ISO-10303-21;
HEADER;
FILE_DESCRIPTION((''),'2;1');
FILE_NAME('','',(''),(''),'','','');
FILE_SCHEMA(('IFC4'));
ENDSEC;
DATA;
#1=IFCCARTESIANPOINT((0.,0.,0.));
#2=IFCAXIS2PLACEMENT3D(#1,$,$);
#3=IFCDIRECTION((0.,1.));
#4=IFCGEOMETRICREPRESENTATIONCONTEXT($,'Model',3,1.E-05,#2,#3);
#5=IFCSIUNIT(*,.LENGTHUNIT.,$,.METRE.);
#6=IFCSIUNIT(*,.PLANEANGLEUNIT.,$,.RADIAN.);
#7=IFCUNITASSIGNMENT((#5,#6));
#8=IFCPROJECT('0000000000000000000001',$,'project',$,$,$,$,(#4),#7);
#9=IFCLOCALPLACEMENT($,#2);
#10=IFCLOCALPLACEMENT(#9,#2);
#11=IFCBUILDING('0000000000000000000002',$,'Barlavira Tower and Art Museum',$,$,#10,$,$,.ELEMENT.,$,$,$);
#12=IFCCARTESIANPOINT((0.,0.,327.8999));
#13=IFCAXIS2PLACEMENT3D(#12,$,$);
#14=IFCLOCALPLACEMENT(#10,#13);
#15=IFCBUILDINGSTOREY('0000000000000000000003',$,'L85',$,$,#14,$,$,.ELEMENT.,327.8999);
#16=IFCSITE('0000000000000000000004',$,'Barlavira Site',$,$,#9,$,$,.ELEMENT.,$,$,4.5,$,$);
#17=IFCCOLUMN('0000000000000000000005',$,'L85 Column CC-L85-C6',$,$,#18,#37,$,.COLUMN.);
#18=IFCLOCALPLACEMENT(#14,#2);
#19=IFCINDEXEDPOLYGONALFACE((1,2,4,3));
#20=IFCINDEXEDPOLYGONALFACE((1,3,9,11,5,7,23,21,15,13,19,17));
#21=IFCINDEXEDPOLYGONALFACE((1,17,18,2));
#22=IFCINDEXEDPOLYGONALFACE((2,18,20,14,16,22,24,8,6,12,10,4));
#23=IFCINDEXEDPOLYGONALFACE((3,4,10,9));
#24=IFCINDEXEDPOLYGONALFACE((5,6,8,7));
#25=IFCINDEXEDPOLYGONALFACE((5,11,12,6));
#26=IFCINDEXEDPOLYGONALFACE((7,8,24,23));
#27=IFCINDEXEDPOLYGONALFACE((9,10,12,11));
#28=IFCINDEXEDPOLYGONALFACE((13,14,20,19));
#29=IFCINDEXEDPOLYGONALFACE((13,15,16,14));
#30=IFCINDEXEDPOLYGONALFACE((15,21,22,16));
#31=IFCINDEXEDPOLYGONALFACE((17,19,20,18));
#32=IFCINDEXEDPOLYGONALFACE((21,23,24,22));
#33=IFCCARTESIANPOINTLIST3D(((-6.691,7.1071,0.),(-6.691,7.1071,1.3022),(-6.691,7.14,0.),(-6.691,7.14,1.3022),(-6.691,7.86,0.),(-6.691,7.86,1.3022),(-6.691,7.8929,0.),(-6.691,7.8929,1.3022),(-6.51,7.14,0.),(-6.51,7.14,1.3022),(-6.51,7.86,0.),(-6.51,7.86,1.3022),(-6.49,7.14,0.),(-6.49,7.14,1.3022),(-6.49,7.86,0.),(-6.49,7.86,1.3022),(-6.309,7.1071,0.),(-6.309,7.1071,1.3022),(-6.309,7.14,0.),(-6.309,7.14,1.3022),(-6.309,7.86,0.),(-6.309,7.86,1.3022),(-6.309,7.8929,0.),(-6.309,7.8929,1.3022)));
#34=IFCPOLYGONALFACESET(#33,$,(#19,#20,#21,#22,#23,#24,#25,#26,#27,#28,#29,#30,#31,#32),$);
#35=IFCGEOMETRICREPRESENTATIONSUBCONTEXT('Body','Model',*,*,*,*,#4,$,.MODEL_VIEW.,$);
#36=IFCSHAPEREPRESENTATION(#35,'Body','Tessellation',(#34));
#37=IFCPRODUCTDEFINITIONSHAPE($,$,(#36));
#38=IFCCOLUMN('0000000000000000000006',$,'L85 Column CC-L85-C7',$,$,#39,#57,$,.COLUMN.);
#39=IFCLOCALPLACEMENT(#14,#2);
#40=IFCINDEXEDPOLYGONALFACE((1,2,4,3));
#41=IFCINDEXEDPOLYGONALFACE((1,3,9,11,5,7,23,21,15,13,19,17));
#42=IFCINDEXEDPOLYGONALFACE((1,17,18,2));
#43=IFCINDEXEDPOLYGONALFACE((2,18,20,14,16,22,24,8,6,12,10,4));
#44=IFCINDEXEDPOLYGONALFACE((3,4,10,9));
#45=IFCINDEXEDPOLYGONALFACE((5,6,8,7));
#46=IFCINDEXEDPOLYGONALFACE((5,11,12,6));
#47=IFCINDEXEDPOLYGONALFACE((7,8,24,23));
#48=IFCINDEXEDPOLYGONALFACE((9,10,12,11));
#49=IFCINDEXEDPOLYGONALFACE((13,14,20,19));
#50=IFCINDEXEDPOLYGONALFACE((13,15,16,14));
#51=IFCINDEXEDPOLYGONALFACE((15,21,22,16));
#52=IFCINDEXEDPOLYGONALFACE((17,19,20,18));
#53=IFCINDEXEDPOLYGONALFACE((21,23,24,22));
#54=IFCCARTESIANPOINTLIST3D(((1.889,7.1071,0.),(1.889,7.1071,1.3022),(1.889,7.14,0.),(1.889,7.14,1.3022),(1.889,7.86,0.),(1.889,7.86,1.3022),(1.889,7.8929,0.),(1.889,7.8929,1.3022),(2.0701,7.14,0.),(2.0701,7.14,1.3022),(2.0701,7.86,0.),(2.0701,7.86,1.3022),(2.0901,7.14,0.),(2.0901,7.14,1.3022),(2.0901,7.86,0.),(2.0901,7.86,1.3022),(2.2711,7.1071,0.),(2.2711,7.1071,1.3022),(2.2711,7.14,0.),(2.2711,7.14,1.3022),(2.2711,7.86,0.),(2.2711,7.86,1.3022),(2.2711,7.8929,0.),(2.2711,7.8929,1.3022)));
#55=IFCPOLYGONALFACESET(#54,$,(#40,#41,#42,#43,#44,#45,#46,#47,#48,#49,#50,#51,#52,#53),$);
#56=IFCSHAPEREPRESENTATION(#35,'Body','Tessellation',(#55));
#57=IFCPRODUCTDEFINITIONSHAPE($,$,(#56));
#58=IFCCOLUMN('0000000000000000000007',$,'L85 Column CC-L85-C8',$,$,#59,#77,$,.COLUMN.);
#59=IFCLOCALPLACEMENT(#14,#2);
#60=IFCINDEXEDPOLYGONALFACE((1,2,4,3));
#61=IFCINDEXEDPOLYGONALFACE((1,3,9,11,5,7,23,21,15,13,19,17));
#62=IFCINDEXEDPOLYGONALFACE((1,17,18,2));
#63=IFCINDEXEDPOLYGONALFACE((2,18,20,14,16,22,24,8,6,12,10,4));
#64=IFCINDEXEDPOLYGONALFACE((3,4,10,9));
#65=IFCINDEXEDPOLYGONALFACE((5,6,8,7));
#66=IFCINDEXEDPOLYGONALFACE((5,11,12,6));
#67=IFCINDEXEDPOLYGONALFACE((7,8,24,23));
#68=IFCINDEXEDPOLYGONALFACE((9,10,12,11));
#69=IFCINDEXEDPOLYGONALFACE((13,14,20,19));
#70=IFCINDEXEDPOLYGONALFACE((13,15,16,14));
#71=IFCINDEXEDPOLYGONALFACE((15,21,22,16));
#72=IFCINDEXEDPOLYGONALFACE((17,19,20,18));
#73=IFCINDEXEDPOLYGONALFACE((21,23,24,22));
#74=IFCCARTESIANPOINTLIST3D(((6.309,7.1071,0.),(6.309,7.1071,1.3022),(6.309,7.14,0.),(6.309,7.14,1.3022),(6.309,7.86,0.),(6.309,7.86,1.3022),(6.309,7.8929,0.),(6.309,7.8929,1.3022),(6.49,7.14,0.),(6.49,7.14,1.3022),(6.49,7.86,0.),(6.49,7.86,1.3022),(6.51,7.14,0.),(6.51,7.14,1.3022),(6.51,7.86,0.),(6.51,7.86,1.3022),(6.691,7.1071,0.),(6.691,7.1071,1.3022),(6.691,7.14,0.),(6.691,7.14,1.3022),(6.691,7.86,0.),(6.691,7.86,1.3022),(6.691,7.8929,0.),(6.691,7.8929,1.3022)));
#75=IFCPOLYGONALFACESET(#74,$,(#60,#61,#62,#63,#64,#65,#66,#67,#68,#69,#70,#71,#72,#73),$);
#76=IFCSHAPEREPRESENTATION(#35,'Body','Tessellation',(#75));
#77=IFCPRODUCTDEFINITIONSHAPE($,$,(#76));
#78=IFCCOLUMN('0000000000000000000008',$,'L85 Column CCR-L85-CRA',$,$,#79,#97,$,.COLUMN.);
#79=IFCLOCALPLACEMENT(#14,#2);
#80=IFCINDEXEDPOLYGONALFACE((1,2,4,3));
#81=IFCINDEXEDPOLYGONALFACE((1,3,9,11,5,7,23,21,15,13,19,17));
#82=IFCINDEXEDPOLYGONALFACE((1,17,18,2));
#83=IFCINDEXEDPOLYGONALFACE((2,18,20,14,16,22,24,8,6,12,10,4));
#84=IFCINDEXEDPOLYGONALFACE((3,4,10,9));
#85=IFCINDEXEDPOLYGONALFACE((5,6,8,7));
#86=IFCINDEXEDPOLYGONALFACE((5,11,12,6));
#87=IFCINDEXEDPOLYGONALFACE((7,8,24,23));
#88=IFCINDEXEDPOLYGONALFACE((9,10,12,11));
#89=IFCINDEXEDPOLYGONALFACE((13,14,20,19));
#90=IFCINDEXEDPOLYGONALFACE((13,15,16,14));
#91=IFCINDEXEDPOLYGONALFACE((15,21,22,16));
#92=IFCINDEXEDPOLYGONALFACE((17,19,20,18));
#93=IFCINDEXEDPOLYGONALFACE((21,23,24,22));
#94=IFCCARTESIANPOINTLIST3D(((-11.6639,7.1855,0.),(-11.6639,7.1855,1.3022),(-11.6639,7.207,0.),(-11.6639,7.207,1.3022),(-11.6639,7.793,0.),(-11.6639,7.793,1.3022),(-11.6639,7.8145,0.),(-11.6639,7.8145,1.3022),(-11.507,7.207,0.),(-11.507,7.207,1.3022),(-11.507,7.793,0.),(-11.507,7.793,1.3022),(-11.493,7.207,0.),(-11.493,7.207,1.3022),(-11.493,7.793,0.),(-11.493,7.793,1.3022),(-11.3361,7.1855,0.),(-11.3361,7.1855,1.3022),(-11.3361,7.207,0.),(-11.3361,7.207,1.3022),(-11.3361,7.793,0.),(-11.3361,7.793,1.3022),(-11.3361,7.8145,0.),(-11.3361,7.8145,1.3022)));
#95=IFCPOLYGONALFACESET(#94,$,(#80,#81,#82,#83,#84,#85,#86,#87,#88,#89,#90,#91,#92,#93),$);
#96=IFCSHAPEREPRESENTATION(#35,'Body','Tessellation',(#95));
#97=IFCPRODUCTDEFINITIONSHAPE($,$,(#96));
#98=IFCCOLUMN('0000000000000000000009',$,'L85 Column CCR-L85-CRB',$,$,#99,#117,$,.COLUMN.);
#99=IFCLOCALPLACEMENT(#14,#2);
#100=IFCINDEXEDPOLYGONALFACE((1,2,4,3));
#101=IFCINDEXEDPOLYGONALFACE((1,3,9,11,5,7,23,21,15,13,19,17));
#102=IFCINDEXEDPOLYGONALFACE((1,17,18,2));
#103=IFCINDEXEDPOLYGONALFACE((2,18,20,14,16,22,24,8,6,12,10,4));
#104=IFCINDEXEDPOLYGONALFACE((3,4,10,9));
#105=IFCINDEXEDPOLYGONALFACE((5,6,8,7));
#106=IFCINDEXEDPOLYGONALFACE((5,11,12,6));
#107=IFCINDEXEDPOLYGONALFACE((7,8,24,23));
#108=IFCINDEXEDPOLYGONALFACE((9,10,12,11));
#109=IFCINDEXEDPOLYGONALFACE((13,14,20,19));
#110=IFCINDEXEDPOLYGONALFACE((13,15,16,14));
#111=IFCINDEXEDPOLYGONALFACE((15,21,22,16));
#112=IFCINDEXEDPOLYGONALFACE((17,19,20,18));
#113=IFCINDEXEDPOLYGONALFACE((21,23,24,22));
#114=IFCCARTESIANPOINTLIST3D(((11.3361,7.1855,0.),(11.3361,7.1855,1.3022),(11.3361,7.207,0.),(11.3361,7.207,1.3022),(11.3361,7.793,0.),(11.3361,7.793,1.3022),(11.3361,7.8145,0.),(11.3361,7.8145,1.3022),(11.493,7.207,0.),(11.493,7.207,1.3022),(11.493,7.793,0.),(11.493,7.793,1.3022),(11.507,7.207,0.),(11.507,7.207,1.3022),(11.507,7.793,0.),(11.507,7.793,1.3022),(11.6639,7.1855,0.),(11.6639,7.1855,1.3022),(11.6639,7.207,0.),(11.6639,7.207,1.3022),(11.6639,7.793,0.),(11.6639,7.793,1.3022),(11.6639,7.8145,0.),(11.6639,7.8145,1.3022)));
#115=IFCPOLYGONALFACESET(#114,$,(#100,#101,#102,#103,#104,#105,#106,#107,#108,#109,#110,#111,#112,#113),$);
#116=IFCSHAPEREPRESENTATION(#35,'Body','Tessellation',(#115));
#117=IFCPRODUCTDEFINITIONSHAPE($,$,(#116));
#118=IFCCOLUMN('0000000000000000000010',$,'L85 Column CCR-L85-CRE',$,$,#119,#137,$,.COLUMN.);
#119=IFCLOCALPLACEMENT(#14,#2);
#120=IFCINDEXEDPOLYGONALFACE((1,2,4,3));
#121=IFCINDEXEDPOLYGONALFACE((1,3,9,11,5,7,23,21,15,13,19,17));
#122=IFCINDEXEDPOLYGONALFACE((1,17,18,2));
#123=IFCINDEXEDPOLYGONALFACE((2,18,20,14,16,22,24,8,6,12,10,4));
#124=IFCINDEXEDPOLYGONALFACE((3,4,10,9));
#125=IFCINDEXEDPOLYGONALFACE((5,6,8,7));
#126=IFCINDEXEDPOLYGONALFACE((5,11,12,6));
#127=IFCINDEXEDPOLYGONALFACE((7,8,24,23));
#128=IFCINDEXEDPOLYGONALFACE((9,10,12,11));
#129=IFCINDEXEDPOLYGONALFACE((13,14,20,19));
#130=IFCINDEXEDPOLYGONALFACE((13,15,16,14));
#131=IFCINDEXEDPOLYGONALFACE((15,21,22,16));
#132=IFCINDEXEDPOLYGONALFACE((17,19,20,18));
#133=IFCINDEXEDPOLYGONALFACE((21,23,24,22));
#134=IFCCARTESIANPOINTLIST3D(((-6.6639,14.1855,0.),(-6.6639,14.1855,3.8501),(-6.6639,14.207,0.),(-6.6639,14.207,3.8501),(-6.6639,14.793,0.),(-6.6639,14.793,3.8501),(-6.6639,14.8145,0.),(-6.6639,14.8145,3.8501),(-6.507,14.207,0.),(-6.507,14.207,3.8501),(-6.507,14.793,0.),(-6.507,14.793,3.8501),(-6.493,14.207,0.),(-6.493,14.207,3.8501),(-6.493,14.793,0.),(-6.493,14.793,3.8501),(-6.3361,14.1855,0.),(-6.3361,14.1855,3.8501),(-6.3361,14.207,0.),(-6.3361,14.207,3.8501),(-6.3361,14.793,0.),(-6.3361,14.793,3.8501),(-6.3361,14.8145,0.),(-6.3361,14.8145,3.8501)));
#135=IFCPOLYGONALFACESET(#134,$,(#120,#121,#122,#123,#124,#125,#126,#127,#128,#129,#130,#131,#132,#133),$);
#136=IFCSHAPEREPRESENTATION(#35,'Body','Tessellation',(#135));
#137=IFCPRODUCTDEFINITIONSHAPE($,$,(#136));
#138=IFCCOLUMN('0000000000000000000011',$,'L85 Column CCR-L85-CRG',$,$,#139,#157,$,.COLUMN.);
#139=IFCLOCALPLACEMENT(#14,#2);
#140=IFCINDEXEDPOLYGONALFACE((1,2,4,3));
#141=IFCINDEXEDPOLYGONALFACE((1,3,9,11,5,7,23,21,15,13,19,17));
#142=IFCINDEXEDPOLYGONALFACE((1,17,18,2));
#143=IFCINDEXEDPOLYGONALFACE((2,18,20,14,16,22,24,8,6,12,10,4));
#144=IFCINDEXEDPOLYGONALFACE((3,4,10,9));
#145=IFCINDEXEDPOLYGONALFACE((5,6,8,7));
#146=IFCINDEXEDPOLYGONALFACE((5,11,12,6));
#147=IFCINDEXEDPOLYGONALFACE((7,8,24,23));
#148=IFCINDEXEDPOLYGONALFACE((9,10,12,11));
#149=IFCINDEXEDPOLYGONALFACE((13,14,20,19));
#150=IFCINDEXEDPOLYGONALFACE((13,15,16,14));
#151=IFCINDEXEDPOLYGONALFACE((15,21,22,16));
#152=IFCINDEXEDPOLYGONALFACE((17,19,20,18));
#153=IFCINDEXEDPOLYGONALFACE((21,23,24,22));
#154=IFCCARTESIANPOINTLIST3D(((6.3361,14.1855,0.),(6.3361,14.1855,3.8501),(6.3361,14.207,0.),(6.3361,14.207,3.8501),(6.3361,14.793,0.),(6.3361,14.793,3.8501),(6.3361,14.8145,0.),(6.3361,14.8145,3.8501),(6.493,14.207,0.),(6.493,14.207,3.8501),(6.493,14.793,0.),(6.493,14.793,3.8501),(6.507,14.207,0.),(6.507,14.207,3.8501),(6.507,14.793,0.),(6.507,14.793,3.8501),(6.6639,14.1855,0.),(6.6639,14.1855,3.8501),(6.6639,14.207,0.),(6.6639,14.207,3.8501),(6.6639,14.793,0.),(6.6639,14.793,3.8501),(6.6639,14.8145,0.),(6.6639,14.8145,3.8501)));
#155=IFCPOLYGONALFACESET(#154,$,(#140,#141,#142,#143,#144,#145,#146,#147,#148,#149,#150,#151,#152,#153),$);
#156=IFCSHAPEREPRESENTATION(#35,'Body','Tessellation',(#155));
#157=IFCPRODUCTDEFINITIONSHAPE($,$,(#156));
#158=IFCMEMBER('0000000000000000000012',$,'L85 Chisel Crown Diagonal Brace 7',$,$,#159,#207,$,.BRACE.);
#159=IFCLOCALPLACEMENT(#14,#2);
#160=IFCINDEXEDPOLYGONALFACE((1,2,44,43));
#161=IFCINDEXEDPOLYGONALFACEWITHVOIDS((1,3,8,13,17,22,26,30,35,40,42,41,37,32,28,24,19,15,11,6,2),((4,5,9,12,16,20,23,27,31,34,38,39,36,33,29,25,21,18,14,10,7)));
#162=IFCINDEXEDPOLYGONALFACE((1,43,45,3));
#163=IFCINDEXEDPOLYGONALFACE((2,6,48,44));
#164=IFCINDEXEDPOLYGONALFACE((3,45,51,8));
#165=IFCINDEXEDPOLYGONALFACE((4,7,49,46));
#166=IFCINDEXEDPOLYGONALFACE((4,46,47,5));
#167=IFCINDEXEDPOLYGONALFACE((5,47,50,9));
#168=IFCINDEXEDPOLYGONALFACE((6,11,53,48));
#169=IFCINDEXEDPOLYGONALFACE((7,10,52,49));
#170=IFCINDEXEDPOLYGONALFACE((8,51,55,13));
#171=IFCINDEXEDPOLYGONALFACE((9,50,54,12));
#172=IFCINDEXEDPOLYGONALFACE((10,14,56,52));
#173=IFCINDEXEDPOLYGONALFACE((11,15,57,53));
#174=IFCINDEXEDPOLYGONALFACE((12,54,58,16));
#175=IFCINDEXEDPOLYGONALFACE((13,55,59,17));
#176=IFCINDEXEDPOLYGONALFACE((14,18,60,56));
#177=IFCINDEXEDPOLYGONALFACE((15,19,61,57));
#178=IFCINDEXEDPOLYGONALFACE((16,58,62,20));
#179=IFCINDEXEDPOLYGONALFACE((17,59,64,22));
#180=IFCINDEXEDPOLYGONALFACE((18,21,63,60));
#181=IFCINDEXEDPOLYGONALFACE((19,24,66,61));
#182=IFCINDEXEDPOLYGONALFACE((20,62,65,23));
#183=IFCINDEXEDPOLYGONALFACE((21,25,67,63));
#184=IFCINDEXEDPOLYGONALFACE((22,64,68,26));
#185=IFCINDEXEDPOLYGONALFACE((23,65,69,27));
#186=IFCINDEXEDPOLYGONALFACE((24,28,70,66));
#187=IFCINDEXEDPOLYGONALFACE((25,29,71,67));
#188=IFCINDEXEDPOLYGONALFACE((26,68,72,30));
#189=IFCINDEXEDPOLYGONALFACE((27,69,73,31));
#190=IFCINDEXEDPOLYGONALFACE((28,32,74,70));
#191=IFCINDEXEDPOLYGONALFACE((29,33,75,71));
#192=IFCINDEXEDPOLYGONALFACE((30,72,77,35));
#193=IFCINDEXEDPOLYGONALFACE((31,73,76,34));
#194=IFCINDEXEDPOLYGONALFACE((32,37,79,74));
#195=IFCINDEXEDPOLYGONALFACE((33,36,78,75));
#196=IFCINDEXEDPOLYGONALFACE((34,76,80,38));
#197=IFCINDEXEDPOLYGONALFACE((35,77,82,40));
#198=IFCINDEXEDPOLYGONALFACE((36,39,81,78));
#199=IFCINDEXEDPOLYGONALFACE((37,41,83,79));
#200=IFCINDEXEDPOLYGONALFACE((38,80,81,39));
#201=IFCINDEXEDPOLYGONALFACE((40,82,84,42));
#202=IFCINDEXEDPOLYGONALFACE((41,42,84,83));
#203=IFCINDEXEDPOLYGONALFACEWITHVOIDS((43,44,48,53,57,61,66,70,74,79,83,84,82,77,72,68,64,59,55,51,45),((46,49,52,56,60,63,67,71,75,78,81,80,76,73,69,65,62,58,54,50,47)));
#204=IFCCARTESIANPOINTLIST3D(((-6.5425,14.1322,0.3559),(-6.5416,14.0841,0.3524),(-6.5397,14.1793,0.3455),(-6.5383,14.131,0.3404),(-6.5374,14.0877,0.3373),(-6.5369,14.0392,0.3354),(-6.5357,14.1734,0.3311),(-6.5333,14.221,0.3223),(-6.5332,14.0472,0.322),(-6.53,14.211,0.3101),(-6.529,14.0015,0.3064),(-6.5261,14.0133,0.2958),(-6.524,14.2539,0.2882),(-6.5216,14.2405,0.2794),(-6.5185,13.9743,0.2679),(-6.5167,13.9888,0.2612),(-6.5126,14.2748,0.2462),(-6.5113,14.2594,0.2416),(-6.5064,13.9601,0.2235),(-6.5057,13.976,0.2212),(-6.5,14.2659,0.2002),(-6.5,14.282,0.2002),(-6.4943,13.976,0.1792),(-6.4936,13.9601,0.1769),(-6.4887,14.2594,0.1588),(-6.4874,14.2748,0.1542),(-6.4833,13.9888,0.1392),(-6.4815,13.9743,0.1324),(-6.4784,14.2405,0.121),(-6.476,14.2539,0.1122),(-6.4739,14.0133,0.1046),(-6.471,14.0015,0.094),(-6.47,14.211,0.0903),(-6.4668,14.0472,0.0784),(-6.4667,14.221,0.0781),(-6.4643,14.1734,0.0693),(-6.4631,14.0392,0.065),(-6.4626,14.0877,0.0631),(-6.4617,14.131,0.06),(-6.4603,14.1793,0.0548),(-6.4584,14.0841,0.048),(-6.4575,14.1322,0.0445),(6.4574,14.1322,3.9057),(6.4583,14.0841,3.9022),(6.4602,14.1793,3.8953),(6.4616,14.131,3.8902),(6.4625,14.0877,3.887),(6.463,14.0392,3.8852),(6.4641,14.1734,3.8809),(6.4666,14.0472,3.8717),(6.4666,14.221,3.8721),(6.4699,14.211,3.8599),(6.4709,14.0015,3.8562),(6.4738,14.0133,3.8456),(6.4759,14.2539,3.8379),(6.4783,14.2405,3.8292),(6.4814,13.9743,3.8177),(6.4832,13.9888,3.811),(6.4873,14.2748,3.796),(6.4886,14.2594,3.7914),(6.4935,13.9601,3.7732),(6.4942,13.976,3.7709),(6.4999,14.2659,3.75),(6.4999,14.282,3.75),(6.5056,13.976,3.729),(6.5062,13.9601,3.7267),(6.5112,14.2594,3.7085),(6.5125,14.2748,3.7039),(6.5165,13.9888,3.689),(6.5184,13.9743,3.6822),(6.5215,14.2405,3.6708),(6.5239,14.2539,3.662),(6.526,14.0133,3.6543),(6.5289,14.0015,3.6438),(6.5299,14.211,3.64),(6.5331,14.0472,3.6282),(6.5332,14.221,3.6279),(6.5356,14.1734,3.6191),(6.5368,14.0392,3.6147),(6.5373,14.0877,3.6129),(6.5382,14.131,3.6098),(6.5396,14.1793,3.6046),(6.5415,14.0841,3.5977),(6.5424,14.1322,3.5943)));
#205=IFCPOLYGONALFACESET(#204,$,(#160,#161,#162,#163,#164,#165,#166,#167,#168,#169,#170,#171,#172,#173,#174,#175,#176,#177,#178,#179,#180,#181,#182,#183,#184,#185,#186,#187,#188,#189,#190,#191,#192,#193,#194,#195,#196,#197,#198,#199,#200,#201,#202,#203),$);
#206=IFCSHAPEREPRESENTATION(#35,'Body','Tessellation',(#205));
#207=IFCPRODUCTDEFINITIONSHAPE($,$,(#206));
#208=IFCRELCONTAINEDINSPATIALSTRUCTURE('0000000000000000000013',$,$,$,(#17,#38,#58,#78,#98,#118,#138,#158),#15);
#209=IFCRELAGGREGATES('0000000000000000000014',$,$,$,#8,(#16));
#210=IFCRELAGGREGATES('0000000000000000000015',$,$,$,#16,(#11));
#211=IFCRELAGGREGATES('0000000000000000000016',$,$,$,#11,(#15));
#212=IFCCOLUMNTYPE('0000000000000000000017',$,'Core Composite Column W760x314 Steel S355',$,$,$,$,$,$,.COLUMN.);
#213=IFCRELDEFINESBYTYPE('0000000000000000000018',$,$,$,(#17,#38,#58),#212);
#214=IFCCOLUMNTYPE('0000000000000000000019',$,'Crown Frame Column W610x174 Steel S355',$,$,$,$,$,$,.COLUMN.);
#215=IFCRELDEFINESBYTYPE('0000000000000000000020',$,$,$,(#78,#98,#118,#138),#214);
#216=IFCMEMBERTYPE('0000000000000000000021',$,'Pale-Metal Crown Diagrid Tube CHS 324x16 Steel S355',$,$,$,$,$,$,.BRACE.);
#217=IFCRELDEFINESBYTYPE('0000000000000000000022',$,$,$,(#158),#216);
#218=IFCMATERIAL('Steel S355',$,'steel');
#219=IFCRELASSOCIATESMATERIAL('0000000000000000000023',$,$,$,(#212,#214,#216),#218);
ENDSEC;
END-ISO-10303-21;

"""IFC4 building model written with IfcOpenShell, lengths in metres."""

from ifc_helpers import new_model, si_unit, direction, frame, origin, origin_2d, place, context, subcontext, project, spatial, hollow_circle, i_section, extrude, material, material_profile, profile_set, type_object, element, save


model = new_model("IFC4")

# Units and contexts
model_context = context("Model", 3, precision=1e-05, world=origin(), true_north=direction((0.0, 1.0)))
body_context = subcontext(model_context, "Body", "Model", "MODEL_VIEW")
ifc_project = project(units=[si_unit("LENGTHUNIT", "METRE"), si_unit("PLANEANGLEUNIT", "RADIAN")], contexts=[model_context])

# Site, building, storey
site_placement = place(None, origin())
site = spatial("IfcSite", under=ifc_project, at=site_placement, Name="Barlavira Site", CompositionType="ELEMENT", RefElevation=4.5)
building_placement = place(site_placement, origin())
building = spatial("IfcBuilding", under=site, at=building_placement, Name="Barlavira Tower and Art Museum", CompositionType="ELEMENT")
storey_placement = place(building_placement, frame((0.0, 0.0, 327.8999)))
storey = spatial("IfcBuildingStorey", under=building, at=storey_placement, Name="L85", CompositionType="ELEMENT", Elevation=327.8999)

# Columns
ifc_material_1 = material(Name="Steel S355", Category="steel")
ifc_material_profile_1 = material_profile(ifc_material_1, i_section(OverallWidth=0.3821, OverallDepth=0.7859, WebThickness=0.02, FlangeThickness=0.033, at=origin_2d()), Name="W760x314.0")
ifc_profile_set_1 = profile_set([ifc_material_profile_1], Name="Steel S355")
column_type_1 = type_object("IfcColumnType", Name="Core Composite Column W760x314 Steel S355", PredefinedType="COLUMN", material=ifc_profile_set_1)
for number, where, z_axis, x_axis, name in (
    (1, (-6.5, 7.5, 0.0), (0.0, 0.0, 1.0), (1.0, 0.0, 0.0), "L85 Column CC-L85-C6"),
    (2, (2.0801, 7.5, 0.0), (0.0, 0.0, 1.0), (1.0, 0.0, 0.0), "L85 Column CC-L85-C7"),
    (3, (6.5, 7.5, 0.0), (0.0, 0.0, 1.0), (1.0, 0.0, 0.0), "L85 Column CC-L85-C8"),
):
    element("IfcColumn", number, at=place(storey_placement, frame(where, z_axis=z_axis, x_axis=x_axis)), inside=storey, type_object=column_type_1, Name=name, PredefinedType="COLUMN", context=body_context, shape_type="SweptSolid", body=[
        extrude(i_section(OverallWidth=0.3821, OverallDepth=0.7859, WebThickness=0.02, FlangeThickness=0.033, at=origin_2d()), origin(), (0.0, 0.0, 1.0), 1.3022),
    ])
ifc_material_profile_2 = material_profile(ifc_material_1, i_section(OverallWidth=0.3279, OverallDepth=0.6289, WebThickness=0.0139, FlangeThickness=0.0215, at=origin_2d()), Name="W610x174.0")
ifc_profile_set_2 = profile_set([ifc_material_profile_2], Name="Steel S355")
column_type_2 = type_object("IfcColumnType", Name="Crown Frame Column W610x174 Steel S355", PredefinedType="COLUMN", material=ifc_profile_set_2)
for number, where, z_axis, x_axis, name in (
    (4, (-11.5, 7.5, 0.0), (0.0, 0.0, 1.0), (1.0, 0.0, 0.0), "L85 Column CCR-L85-CRA"),
    (5, (11.5, 7.5, 0.0), (0.0, 0.0, 1.0), (1.0, 0.0, 0.0), "L85 Column CCR-L85-CRB"),
):
    element("IfcColumn", number, at=place(storey_placement, frame(where, z_axis=z_axis, x_axis=x_axis)), inside=storey, type_object=column_type_2, Name=name, PredefinedType="COLUMN", context=body_context, shape_type="SweptSolid", body=[
        extrude(i_section(OverallWidth=0.3279, OverallDepth=0.6289, WebThickness=0.0139, FlangeThickness=0.0215, at=origin_2d()), origin(), (0.0, 0.0, 1.0), 1.3022),
    ])
for number, where, z_axis, x_axis, name in (
    (6, (-6.5, 14.5, 0.0), (0.0, 0.0, 1.0), (1.0, 0.0, 0.0), "L85 Column CCR-L85-CRE"),
    (7, (6.5, 14.5, 0.0), (0.0, 0.0, 1.0), (1.0, 0.0, 0.0), "L85 Column CCR-L85-CRG"),
):
    element("IfcColumn", number, at=place(storey_placement, frame(where, z_axis=z_axis, x_axis=x_axis)), inside=storey, type_object=column_type_2, Name=name, PredefinedType="COLUMN", context=body_context, shape_type="SweptSolid", body=[
        extrude(i_section(OverallWidth=0.3279, OverallDepth=0.6289, WebThickness=0.0139, FlangeThickness=0.0215, at=origin_2d()), origin(), (0.0, 0.0, 1.0), 3.8501),
    ])

# Member
ifc_material_profile_3 = material_profile(ifc_material_1, hollow_circle(Radius=0.1619, WallThickness=0.0161, at=origin_2d()), Name="CHS 323.9x16.0")
ifc_profile_set_3 = profile_set([ifc_material_profile_3], Name="Steel S355")
member_type_1 = type_object("IfcMemberType", Name="Pale-Metal Crown Diagrid Tube CHS 324x16 Steel S355", PredefinedType="BRACE", material=ifc_profile_set_3)
member_1_placement = place(storey_placement, frame((-6.5, 14.1201, 0.2002), z_axis=(0.964682, 0.0, 0.263418), x_axis=(0.0, 1.0, 0.0)))
element("IfcMember", 8, at=member_1_placement, inside=storey, type_object=member_type_1, Name="L85 Chisel Crown Diagonal Brace 7", PredefinedType="BRACE", context=body_context, shape_type="SweptSolid", body=[
    extrude(hollow_circle(Radius=0.1619, WallThickness=0.0161, at=origin_2d()), origin(), (0.0, 0.0, 1.0), 13.4758),
])

save(model, "model.ifc")
